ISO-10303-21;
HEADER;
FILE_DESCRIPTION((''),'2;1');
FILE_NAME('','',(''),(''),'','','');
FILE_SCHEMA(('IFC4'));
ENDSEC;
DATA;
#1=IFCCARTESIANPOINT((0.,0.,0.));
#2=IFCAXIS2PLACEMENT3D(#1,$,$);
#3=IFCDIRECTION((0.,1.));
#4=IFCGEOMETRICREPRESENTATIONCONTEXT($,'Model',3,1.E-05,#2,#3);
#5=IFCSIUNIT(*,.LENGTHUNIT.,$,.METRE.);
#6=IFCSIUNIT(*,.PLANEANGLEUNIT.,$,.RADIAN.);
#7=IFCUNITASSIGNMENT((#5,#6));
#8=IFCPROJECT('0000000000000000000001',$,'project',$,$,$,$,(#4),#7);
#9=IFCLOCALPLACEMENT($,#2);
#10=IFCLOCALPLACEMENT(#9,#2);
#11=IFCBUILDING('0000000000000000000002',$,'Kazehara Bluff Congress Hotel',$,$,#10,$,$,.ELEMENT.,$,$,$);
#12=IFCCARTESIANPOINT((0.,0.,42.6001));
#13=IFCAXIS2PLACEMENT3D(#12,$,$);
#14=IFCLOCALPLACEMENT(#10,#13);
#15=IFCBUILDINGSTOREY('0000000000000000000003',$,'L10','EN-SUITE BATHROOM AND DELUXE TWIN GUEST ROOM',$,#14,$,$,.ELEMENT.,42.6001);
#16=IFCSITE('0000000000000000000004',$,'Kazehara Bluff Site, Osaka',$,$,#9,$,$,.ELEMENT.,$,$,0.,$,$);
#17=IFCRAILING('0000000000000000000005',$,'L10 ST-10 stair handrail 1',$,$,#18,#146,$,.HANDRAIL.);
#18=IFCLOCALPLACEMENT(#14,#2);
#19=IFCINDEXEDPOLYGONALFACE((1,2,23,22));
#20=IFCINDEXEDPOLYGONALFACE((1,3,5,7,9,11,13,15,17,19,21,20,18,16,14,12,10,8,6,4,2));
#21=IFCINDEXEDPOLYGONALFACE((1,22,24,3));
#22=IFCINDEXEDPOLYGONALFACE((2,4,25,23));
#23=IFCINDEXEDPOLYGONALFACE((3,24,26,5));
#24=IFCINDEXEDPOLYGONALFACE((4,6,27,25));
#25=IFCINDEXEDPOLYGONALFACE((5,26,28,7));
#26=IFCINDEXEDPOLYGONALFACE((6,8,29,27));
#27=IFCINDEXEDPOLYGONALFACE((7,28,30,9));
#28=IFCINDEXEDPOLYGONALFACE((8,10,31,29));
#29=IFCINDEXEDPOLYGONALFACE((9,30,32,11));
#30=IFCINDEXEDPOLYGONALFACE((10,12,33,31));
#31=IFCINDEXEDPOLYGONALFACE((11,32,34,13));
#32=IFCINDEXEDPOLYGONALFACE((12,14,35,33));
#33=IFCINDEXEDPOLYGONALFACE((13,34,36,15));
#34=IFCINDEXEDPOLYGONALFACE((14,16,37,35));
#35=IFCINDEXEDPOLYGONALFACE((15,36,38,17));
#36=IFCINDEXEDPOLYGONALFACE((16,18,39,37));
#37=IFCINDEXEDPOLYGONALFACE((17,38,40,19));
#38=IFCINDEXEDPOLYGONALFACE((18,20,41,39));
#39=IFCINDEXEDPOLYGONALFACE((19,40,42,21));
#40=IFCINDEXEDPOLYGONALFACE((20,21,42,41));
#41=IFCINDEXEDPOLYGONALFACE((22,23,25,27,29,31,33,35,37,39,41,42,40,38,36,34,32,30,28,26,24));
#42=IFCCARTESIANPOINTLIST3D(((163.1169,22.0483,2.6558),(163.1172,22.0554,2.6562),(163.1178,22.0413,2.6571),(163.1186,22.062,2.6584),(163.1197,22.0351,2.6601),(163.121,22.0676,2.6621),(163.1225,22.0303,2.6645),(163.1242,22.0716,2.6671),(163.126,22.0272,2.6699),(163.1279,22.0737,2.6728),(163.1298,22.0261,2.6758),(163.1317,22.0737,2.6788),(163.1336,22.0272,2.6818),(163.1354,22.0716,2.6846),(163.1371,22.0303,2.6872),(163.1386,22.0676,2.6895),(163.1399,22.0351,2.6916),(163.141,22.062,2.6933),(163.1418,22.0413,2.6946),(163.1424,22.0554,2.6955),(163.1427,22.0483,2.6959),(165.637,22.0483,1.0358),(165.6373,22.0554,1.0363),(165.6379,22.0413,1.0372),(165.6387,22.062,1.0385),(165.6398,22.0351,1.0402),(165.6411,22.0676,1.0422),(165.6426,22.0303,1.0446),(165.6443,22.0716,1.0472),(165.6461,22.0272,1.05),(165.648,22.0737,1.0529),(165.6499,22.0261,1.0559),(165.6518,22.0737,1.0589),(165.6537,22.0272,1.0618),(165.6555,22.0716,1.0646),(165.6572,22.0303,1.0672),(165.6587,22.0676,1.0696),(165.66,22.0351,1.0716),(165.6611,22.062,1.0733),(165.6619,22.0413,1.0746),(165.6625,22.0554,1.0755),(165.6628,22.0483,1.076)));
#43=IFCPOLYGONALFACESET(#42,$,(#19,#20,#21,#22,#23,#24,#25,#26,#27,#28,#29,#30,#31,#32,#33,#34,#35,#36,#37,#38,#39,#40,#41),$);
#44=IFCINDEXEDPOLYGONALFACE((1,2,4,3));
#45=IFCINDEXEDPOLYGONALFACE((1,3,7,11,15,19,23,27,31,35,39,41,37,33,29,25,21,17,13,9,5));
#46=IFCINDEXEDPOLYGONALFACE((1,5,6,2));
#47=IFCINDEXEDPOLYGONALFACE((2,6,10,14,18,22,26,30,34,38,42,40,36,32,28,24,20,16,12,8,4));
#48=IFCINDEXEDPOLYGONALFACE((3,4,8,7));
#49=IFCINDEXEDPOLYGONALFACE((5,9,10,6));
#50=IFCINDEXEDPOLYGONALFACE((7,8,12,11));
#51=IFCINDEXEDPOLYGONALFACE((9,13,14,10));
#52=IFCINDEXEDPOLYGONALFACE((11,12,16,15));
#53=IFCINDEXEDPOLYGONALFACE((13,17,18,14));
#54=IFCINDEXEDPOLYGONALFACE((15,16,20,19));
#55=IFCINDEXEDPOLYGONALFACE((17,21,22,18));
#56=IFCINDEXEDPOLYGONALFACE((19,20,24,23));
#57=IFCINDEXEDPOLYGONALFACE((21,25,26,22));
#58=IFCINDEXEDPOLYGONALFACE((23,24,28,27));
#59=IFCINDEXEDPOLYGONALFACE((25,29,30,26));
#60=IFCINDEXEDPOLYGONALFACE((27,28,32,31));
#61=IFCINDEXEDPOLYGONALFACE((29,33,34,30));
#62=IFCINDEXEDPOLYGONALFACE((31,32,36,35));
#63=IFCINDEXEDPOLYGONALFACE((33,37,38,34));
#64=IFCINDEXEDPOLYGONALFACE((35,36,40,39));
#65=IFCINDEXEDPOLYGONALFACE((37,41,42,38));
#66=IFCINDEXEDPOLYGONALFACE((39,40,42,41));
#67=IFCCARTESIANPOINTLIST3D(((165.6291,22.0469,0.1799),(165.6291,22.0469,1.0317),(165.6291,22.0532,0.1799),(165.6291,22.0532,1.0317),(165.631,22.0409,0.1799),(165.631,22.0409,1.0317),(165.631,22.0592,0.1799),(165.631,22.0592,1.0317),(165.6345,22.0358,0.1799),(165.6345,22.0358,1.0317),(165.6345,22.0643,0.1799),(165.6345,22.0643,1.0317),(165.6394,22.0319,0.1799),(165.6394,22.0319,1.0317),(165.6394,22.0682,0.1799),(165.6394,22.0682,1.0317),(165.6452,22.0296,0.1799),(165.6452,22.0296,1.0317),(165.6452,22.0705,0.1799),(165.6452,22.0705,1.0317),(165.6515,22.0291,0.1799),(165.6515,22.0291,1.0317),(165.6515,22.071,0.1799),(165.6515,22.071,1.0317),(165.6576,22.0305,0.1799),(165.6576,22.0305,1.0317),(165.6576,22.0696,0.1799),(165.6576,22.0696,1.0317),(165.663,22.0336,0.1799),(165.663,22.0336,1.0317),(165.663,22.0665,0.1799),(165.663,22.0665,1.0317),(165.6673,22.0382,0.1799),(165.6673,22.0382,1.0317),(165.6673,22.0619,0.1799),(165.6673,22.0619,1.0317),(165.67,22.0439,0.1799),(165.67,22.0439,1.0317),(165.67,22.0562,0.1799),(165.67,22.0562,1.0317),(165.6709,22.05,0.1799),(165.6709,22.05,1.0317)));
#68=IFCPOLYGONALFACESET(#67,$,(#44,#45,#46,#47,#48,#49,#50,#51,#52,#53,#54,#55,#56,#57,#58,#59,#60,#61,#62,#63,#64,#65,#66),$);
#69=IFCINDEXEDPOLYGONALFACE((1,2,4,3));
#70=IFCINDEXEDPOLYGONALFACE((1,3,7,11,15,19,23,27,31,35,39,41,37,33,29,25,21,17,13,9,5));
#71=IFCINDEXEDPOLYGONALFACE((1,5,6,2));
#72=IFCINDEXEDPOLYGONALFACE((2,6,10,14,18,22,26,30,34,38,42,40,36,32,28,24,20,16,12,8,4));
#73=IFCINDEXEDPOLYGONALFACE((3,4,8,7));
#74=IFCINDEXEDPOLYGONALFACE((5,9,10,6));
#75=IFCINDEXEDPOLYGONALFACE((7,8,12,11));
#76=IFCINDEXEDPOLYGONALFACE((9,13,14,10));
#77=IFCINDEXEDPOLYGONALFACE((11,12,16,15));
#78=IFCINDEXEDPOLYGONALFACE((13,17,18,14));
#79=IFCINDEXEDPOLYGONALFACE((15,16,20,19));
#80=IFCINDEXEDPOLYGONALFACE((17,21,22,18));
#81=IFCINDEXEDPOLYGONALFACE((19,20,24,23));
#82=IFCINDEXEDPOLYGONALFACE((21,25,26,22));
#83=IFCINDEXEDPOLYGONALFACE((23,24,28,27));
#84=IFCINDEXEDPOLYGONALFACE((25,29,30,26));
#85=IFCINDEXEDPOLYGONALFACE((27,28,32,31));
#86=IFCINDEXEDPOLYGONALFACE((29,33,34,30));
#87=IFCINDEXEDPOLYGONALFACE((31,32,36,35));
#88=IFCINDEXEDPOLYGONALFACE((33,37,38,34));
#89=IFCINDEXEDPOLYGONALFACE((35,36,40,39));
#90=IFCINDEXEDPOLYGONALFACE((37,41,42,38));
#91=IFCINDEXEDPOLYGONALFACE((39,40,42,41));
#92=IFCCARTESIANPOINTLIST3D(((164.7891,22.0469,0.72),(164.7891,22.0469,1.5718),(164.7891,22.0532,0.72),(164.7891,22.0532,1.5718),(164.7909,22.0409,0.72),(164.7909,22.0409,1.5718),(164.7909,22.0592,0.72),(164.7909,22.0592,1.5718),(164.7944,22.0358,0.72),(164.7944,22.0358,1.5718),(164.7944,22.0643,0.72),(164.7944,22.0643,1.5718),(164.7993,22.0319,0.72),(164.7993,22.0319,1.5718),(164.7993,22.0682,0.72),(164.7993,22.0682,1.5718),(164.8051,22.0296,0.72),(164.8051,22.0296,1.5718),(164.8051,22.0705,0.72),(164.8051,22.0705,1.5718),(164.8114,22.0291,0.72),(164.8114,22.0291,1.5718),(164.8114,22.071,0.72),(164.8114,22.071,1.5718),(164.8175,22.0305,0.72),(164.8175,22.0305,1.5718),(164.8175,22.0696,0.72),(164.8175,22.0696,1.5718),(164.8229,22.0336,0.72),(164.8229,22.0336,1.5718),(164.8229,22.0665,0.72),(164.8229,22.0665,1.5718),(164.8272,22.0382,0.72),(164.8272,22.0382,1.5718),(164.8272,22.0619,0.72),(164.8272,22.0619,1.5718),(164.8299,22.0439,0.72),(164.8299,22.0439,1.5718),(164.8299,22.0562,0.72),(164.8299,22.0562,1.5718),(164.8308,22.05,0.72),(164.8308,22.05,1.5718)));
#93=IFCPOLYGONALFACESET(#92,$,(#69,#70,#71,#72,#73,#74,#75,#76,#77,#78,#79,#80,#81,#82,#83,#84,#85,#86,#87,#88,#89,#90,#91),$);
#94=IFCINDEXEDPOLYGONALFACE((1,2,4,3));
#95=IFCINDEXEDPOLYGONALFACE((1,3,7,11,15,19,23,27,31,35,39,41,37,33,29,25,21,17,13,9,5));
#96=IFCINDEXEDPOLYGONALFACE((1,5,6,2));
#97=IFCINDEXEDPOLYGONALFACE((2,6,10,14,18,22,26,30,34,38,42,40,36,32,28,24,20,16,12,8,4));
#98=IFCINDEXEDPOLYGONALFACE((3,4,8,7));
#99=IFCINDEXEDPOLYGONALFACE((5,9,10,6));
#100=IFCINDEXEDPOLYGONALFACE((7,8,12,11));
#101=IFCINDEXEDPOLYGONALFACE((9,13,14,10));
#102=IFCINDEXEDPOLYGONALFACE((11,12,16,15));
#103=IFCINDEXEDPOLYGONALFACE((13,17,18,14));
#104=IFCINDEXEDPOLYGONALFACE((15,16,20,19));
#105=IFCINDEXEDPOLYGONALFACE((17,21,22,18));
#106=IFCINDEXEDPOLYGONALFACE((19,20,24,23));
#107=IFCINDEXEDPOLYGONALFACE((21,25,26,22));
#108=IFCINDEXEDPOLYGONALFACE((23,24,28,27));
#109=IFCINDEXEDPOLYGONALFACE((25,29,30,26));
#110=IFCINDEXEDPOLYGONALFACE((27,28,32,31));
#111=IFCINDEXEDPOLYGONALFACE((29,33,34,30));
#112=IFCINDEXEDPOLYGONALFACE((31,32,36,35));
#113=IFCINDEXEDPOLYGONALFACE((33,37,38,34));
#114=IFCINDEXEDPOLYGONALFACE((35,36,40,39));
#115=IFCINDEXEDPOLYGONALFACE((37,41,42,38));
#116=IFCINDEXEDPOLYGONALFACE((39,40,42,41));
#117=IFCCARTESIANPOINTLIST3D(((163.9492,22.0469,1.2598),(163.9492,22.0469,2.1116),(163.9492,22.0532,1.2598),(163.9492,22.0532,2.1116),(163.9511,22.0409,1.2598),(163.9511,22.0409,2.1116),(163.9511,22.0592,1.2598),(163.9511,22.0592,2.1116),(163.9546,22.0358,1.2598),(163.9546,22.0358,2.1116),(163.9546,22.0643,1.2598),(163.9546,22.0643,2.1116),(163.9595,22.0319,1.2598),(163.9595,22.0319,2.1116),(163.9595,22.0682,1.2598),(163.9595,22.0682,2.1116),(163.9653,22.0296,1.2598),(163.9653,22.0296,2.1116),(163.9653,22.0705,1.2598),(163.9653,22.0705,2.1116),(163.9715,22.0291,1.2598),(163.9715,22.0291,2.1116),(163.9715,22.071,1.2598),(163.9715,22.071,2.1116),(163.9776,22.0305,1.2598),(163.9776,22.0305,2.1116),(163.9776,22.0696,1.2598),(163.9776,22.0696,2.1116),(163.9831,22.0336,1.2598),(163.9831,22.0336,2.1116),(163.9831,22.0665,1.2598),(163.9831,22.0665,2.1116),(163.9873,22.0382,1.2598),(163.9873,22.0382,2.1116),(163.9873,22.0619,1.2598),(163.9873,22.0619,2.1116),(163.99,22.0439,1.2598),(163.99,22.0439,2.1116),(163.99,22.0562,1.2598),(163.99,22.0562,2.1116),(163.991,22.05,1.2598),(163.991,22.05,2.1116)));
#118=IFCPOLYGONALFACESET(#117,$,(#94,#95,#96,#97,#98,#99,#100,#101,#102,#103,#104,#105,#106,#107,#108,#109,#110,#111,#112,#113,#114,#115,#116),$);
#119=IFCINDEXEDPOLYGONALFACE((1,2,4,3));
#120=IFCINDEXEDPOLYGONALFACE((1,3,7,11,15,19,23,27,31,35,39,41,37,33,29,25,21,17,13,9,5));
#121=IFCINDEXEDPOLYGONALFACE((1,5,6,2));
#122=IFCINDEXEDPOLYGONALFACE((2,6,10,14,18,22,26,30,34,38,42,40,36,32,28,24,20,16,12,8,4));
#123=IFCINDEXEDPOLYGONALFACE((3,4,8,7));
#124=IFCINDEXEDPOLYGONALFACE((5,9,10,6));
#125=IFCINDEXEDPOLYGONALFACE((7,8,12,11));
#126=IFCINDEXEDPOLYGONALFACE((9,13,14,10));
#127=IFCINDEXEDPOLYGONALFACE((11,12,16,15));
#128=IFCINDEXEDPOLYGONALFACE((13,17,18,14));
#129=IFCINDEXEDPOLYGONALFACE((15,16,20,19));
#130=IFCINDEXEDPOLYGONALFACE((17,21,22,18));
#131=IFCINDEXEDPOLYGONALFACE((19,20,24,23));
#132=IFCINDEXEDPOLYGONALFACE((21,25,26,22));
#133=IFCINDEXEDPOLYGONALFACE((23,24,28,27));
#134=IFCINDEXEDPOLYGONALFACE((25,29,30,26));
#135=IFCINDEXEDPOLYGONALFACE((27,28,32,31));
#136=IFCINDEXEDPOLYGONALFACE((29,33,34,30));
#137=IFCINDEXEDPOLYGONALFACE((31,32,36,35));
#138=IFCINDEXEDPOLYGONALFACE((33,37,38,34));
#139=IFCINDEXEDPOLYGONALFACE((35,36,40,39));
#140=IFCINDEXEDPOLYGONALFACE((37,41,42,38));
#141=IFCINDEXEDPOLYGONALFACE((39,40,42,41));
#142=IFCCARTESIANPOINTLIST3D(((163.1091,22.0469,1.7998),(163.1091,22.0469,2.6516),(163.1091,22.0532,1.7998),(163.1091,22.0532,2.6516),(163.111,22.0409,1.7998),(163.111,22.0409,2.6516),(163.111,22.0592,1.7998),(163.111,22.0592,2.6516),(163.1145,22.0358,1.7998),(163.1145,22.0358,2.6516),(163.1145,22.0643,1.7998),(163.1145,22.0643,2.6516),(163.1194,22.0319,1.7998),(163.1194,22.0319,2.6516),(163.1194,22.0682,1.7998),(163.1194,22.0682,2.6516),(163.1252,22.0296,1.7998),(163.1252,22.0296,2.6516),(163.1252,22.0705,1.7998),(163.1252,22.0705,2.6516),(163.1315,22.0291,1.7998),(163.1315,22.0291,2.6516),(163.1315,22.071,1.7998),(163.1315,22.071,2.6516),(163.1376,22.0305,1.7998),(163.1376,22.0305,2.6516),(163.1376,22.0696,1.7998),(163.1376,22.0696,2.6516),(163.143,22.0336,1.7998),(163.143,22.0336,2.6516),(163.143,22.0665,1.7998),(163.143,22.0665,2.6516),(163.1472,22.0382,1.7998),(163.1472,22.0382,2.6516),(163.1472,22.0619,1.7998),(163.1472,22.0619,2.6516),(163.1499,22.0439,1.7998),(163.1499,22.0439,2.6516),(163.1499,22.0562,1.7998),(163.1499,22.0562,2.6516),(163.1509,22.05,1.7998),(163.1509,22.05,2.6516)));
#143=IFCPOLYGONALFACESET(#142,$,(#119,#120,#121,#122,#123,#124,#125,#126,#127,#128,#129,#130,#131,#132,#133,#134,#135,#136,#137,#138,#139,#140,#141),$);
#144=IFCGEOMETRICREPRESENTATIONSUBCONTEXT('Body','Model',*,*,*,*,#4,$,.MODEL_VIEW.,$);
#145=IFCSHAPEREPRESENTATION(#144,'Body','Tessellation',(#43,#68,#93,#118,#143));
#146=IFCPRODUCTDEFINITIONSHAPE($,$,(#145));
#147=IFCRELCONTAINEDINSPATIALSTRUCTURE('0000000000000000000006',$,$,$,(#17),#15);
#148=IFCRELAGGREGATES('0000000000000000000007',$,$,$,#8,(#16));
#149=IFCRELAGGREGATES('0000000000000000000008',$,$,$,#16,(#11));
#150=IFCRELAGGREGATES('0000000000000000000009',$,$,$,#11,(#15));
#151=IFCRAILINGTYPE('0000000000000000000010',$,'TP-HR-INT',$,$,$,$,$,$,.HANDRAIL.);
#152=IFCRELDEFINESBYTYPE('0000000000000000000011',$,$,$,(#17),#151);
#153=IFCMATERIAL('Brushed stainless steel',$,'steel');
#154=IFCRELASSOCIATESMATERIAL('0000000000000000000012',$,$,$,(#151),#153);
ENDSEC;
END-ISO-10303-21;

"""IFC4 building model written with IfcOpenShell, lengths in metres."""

from ifc_helpers import new_model, si_unit, direction, frame, origin, origin_2d, place, context, subcontext, project, spatial, circle, extrude, material, type_object, element, save


model = new_model("IFC4")

# Units and contexts
model_context = context("Model", 3, precision=1e-05, world=origin(), true_north=direction((0.0, 1.0)))
body_context = subcontext(model_context, "Body", "Model", "MODEL_VIEW")
ifc_project = project(units=[si_unit("LENGTHUNIT", "METRE"), si_unit("PLANEANGLEUNIT", "RADIAN")], contexts=[model_context])

# Site, building, storey
site_placement = place(None, origin())
site = spatial("IfcSite", under=ifc_project, at=site_placement, Name="Kazehara Bluff Site, Osaka", CompositionType="ELEMENT", RefElevation=0.0)
building_placement = place(site_placement, origin())
building = spatial("IfcBuilding", under=site, at=building_placement, Name="Kazehara Bluff Congress Hotel", CompositionType="ELEMENT")
storey_placement = place(building_placement, frame((0.0, 0.0, 42.6001)))
storey = spatial("IfcBuildingStorey", under=building, at=storey_placement, Name="L10", Description="EN-SUITE BATHROOM AND DELUXE TWIN GUEST ROOM", CompositionType="ELEMENT", Elevation=42.6001)

# Railing
ifc_material_1 = material(Name="Brushed stainless steel", Category="steel")
railing_type_1 = type_object("IfcRailingType", Name="TP-HR-INT", PredefinedType="HANDRAIL", material=ifc_material_1)
railing_1_placement = place(storey_placement, frame((165.6499, 22.05, 0.1799)))
element("IfcRailing", 1, at=railing_1_placement, inside=storey, type_object=railing_type_1, Name="L10 ST-10 stair handrail 1", PredefinedType="HANDRAIL", context=body_context, shape_type="SweptSolid", body=[
    extrude(circle(Radius=0.0239, at=origin_2d()), frame((0.0, 0.0, 0.876), z_axis=(-0.8412, 0.0, 0.540725), x_axis=(0.0, -1.0, 0.0)), (0.0, 0.0, 1.0), 2.9958),
    extrude(circle(Radius=0.021, at=origin_2d()), origin(), (0.0, 0.0, 1.0), 0.8518),
    extrude(circle(Radius=0.021, at=origin_2d()), frame((-0.8401, 0.0, 0.54)), (0.0, 0.0, 1.0), 0.8518),
    extrude(circle(Radius=0.021, at=origin_2d()), frame((-1.6799, 0.0, 1.0798)), (0.0, 0.0, 1.0), 0.8518),
    extrude(circle(Radius=0.021, at=origin_2d()), frame((-2.52, 0.0, 1.6199)), (0.0, 0.0, 1.0), 0.8518),
])

save(model, "model.ifc")
